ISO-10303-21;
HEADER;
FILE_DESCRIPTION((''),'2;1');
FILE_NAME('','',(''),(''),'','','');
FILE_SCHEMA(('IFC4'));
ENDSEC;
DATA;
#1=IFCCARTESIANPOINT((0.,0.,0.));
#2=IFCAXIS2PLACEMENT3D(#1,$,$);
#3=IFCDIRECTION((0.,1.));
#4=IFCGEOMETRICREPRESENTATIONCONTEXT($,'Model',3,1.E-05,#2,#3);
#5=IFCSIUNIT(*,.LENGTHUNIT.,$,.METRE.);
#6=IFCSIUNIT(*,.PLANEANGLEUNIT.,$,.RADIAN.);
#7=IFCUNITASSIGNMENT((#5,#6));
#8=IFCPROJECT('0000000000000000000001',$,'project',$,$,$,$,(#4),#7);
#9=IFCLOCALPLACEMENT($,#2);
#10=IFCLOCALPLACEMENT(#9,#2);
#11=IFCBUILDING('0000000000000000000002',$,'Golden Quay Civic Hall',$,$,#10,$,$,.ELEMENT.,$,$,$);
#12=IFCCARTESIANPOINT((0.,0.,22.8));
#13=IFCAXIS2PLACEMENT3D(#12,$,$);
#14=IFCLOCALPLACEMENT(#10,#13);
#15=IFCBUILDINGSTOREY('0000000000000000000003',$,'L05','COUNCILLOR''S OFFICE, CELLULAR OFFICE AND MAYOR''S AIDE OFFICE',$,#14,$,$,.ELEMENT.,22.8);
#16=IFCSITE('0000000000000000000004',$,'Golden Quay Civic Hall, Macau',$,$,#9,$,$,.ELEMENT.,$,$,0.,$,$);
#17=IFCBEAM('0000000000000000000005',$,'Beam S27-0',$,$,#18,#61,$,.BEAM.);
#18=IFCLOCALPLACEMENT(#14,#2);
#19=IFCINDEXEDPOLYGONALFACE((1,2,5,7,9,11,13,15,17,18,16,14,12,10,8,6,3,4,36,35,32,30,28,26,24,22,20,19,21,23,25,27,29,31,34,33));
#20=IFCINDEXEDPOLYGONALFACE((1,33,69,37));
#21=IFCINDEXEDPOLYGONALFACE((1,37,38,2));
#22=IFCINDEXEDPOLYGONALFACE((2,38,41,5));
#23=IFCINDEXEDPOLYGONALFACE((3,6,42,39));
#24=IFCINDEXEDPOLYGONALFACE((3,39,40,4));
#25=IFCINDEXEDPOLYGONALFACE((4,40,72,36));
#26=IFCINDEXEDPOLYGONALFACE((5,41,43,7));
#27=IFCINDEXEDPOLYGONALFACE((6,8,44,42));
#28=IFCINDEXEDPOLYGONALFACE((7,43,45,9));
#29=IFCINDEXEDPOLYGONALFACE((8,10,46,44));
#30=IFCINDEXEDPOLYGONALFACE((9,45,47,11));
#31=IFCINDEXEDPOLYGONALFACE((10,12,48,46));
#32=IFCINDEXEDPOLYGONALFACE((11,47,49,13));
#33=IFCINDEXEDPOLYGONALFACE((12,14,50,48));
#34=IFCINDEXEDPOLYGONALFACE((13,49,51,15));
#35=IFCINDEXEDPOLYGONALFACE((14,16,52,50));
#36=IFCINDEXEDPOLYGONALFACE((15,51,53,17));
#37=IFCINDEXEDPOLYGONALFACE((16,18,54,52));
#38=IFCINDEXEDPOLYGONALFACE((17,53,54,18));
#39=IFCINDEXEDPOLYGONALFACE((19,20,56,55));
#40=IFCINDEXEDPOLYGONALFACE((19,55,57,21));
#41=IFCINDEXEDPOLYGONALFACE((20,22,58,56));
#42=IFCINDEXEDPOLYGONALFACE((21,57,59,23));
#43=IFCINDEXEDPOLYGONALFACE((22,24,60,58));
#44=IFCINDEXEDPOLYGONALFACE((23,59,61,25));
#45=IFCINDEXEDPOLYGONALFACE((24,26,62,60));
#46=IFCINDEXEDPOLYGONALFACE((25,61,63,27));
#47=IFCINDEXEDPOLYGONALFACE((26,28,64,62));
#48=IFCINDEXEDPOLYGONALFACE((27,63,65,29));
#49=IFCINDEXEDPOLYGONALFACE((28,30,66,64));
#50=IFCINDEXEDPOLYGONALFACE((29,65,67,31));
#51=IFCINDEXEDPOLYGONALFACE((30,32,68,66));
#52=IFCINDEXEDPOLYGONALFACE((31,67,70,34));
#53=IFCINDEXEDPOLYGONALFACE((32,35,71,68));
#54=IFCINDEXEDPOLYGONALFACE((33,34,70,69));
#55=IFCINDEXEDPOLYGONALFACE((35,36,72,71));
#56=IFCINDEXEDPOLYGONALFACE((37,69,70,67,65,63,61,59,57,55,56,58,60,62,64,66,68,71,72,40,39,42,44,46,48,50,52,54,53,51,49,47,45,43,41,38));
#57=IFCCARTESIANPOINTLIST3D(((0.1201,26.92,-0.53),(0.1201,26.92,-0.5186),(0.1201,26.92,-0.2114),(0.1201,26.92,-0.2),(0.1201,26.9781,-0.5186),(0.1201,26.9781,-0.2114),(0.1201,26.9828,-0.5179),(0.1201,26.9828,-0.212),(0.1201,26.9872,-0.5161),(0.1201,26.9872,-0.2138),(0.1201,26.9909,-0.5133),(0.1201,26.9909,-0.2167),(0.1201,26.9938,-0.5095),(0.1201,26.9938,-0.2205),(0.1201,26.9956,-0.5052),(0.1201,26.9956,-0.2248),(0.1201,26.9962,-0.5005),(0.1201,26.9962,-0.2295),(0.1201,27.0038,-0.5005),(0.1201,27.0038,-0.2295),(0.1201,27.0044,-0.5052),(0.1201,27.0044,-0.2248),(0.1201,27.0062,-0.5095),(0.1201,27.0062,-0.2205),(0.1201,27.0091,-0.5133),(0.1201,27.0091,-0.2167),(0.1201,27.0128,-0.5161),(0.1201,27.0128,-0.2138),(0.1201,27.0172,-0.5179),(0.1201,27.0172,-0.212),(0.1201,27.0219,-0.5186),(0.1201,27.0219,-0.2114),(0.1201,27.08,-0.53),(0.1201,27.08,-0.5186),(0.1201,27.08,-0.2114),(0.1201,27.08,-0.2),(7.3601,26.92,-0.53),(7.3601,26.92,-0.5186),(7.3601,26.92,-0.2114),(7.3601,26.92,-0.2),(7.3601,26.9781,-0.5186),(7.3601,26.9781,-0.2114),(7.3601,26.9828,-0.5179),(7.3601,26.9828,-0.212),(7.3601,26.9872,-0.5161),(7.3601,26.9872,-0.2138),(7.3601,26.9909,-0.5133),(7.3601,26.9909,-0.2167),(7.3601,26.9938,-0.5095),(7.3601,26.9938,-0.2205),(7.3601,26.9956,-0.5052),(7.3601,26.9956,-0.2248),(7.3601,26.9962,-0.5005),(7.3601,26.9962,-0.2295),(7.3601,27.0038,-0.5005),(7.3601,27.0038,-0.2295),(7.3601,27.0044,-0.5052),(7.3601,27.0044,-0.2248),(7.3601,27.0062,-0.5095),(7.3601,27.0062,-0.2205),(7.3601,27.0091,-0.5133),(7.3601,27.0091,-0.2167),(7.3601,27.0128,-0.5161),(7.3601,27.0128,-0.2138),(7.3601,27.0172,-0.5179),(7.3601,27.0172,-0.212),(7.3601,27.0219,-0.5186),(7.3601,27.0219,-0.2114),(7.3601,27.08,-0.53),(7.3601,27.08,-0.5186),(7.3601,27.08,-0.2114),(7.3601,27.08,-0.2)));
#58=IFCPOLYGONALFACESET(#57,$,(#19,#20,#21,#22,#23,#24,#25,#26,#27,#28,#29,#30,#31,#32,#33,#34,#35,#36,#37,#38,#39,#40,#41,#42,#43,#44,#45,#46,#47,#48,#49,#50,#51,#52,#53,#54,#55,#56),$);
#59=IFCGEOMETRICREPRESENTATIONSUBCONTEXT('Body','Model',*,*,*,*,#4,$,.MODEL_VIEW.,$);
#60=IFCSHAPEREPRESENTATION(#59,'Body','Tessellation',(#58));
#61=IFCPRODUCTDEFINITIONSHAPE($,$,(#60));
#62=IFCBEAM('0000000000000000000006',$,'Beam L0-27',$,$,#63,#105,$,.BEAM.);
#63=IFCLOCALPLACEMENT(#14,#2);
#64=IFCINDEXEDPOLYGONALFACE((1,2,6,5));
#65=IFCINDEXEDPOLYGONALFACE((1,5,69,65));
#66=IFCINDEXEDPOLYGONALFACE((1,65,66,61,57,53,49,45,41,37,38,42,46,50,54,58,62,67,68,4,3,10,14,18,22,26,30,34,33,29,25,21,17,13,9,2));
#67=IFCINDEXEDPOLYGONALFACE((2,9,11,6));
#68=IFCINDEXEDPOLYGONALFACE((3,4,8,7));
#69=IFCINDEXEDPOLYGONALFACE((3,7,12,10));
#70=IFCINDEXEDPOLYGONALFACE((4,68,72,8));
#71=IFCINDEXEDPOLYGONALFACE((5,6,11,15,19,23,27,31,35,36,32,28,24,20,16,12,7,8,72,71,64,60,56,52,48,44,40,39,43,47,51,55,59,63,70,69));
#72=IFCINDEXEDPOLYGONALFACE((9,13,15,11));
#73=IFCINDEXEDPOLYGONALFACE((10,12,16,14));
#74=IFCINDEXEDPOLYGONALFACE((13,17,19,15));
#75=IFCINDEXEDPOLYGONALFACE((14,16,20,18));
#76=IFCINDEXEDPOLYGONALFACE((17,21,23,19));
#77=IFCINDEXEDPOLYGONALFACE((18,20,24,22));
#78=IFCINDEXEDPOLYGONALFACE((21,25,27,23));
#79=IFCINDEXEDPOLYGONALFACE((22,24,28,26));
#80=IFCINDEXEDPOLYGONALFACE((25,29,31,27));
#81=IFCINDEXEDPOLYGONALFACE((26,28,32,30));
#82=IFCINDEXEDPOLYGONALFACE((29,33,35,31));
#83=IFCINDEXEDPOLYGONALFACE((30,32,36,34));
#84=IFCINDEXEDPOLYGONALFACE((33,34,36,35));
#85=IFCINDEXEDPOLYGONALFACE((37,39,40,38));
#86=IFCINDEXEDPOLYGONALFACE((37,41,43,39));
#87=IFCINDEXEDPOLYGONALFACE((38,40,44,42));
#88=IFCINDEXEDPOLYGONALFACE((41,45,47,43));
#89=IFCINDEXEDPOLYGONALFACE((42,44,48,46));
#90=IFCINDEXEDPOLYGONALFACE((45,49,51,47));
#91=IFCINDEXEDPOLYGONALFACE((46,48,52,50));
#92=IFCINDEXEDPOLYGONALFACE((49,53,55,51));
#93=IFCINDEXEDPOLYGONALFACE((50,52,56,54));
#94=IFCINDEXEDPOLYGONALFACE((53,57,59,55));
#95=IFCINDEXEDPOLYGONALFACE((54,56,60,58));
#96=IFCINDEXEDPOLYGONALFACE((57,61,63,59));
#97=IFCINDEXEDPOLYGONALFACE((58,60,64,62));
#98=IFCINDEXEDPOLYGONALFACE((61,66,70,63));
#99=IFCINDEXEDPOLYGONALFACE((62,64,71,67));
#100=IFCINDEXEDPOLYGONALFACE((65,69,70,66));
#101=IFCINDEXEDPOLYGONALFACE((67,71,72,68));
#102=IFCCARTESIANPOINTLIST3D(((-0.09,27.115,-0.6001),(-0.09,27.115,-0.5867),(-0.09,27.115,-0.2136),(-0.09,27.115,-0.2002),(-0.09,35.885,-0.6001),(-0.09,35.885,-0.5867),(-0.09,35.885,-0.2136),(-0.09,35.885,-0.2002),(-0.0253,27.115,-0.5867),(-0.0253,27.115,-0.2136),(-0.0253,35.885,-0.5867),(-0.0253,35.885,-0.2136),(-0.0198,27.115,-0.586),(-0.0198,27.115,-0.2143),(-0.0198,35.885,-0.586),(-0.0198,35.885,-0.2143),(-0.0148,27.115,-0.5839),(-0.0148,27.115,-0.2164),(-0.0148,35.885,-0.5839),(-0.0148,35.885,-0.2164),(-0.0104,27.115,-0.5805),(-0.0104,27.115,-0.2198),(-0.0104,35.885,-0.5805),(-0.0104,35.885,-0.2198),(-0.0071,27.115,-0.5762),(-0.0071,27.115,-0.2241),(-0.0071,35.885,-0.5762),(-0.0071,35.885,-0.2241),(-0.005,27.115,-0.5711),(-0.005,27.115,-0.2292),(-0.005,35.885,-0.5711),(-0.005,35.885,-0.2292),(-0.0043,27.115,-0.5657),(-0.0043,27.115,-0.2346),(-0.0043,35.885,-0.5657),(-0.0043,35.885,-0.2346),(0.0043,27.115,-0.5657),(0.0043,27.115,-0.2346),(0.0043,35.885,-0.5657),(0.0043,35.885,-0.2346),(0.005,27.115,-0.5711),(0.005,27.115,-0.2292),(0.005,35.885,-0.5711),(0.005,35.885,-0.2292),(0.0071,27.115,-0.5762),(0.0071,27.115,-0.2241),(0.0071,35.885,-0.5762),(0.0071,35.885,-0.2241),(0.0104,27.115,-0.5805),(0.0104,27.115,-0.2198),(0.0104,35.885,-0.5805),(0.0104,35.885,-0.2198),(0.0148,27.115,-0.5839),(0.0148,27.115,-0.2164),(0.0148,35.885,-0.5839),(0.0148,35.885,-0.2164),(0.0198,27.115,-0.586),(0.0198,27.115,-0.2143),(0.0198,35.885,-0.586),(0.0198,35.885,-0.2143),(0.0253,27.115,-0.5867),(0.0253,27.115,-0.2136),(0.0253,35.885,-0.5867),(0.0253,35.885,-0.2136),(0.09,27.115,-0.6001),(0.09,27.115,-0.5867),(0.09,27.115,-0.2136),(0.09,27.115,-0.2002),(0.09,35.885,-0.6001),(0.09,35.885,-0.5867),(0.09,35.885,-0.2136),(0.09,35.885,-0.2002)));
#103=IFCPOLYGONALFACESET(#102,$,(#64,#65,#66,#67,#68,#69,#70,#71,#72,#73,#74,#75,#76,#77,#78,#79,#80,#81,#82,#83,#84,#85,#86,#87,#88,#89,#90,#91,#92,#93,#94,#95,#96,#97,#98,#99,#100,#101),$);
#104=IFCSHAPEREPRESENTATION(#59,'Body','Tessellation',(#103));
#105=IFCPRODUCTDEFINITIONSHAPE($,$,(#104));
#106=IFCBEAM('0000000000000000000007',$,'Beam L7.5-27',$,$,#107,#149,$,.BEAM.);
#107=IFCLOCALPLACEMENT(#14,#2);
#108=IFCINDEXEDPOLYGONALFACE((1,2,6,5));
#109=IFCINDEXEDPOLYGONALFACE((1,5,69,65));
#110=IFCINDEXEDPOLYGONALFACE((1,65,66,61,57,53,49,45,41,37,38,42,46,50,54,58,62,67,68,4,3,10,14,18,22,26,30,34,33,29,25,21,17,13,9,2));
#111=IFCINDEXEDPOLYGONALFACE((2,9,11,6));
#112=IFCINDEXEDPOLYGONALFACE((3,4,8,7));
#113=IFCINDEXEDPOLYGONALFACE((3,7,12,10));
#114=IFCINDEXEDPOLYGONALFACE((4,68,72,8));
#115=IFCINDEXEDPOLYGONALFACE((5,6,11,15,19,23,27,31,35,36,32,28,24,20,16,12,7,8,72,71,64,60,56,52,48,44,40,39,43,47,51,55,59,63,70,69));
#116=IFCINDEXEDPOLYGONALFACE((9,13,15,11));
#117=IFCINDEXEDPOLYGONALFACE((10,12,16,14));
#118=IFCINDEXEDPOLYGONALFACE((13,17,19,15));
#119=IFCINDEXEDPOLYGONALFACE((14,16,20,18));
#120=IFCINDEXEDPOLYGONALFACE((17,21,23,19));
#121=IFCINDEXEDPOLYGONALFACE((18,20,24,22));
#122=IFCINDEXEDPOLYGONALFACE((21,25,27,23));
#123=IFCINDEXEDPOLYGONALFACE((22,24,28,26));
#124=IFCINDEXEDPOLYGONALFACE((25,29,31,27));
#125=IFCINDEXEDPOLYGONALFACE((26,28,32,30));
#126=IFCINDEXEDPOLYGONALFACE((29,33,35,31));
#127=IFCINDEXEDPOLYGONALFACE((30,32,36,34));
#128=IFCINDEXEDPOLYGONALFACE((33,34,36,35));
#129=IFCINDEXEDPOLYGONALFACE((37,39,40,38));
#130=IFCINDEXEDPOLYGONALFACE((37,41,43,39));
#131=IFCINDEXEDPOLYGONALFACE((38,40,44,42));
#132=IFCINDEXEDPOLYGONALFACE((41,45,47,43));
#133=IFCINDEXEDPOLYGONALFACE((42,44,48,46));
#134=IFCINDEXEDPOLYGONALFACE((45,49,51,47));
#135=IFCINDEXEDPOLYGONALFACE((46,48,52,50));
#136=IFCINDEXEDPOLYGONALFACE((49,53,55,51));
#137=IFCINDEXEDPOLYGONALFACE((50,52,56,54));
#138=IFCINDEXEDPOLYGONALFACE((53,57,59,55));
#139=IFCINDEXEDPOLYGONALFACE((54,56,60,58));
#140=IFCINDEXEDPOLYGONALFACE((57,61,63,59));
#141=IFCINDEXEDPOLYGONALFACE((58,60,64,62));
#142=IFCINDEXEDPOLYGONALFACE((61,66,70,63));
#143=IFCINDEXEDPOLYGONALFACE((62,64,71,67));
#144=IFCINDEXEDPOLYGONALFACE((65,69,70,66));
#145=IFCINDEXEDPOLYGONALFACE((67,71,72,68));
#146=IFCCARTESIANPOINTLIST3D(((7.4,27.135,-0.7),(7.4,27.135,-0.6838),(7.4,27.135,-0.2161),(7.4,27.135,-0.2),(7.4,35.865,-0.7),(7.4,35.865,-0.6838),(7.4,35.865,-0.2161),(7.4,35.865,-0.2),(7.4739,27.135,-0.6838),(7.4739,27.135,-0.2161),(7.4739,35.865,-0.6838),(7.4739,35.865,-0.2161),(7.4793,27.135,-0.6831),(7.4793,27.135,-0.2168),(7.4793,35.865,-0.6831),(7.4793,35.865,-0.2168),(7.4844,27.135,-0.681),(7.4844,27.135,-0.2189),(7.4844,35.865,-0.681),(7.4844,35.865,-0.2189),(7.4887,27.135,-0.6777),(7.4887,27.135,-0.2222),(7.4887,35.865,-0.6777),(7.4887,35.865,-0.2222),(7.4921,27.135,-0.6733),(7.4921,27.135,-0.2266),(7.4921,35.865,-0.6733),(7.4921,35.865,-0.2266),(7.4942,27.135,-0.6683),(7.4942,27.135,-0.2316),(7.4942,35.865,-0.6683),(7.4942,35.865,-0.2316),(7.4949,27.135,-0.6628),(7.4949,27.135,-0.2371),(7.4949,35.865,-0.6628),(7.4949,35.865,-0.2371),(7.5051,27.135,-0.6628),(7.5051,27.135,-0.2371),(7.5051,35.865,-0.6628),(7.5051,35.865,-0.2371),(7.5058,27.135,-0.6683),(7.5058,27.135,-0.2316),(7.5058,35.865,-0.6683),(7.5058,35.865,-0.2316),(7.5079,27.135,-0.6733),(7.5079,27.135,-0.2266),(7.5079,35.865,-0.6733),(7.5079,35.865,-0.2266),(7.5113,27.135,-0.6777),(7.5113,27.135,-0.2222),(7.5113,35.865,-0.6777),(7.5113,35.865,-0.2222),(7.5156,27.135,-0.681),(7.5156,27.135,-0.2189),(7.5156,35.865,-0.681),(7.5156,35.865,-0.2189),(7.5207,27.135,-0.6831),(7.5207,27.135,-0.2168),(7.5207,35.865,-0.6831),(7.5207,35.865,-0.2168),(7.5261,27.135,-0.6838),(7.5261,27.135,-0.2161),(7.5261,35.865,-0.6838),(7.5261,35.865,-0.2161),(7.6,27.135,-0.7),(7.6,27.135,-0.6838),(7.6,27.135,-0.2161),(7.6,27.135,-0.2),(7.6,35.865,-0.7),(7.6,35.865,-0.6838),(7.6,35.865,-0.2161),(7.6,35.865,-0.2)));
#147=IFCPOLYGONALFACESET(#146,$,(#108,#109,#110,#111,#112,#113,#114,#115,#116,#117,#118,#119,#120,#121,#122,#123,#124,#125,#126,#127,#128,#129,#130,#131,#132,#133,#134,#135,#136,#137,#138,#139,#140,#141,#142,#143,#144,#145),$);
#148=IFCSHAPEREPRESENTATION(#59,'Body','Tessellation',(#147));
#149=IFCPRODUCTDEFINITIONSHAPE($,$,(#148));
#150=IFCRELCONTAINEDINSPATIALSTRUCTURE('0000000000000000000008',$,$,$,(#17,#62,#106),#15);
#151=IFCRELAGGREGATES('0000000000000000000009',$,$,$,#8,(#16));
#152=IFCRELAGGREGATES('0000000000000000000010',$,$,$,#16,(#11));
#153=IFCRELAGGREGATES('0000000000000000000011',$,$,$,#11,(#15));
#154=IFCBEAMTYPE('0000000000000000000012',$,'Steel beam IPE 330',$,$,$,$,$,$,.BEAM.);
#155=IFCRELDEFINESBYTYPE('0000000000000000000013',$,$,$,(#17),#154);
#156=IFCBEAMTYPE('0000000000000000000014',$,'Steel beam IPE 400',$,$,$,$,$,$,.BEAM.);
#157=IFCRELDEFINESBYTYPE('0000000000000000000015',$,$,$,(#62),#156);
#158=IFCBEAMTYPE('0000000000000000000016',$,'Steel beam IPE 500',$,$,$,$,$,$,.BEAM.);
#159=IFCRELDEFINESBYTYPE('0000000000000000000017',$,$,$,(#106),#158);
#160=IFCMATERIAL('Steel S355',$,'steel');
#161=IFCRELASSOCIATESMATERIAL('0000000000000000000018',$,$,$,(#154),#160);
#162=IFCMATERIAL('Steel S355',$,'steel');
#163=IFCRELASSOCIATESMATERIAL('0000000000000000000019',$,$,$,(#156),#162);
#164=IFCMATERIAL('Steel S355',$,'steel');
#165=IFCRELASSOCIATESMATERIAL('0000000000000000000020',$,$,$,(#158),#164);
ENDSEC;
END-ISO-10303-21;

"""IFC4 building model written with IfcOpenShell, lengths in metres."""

from ifc_helpers import new_model, si_unit, direction, frame, origin, origin_2d, place, context, subcontext, project, spatial, i_section, extrude, material, material_profile, profile_set, type_object, element, save


model = new_model("IFC4")

# Units and contexts
model_context = context("Model", 3, precision=1e-05, world=origin(), true_north=direction((0.0, 1.0)))
body_context = subcontext(model_context, "Body", "Model", "MODEL_VIEW")
ifc_project = project(units=[si_unit("LENGTHUNIT", "METRE"), si_unit("PLANEANGLEUNIT", "RADIAN")], contexts=[model_context])

# Site, building, storey
site_placement = place(None, origin())
site = spatial("IfcSite", under=ifc_project, at=site_placement, Name="Golden Quay Civic Hall, Macau", CompositionType="ELEMENT", RefElevation=0.0)
building_placement = place(site_placement, origin())
building = spatial("IfcBuilding", under=site, at=building_placement, Name="Golden Quay Civic Hall", CompositionType="ELEMENT")
storey_placement = place(building_placement, frame((0.0, 0.0, 22.8)))
storey = spatial("IfcBuildingStorey", under=building, at=storey_placement, Name="L05", Description="COUNCILLOR'S OFFICE, CELLULAR OFFICE AND MAYOR'S AIDE OFFICE", CompositionType="ELEMENT", Elevation=22.8)

# Beams
ifc_material_1 = material(Name="Steel S355", Category="steel")
ifc_material_profile_1 = material_profile(ifc_material_1, i_section(OverallWidth=0.1599, OverallDepth=0.3301, WebThickness=0.0076, FlangeThickness=0.0115, FilletRadius=0.0181, at=origin_2d()), Name="IPE 330")
ifc_profile_set_1 = profile_set([ifc_material_profile_1], Name="Steel S355")
beam_type_1 = type_object("IfcBeamType", Name="Steel beam IPE 330", PredefinedType="BEAM", material=ifc_profile_set_1)
beam_1_placement = place(storey_placement, frame((0.1201, 27.0, -0.365), z_axis=(1.0, 0.0, 0.0), x_axis=(0.0, 1.0, 0.0)))
element("IfcBeam", 1, at=beam_1_placement, inside=storey, type_object=beam_type_1, Name="Beam S27-0", PredefinedType="BEAM", context=body_context, shape_type="SweptSolid", body=[
    extrude(i_section(OverallWidth=0.1599, OverallDepth=0.3301, WebThickness=0.0076, FlangeThickness=0.0115, FilletRadius=0.0181, at=origin_2d()), origin(), (0.0, 0.0, 1.0), 7.24),
])
ifc_material_2 = material(Name="Steel S355", Category="steel")
ifc_material_profile_2 = material_profile(ifc_material_2, i_section(OverallWidth=0.1799, OverallDepth=0.3999, WebThickness=0.0085, FlangeThickness=0.0134, FilletRadius=0.021, at=origin_2d()), Name="IPE 400")
ifc_profile_set_2 = profile_set([ifc_material_profile_2], Name="Steel S355")
beam_type_2 = type_object("IfcBeamType", Name="Steel beam IPE 400", PredefinedType="BEAM", material=ifc_profile_set_2)
beam_2_placement = place(storey_placement, frame((0.0, 27.115, -0.4001), z_axis=(0.0, 1.0, 0.0), x_axis=(-1.0, 0.0, 0.0)))
element("IfcBeam", 2, at=beam_2_placement, inside=storey, type_object=beam_type_2, Name="Beam L0-27", PredefinedType="BEAM", context=body_context, shape_type="SweptSolid", body=[
    extrude(i_section(OverallWidth=0.1799, OverallDepth=0.3999, WebThickness=0.0085, FlangeThickness=0.0134, FilletRadius=0.021, at=origin_2d()), origin(), (0.0, 0.0, 1.0), 8.77),
])
ifc_material_3 = material(Name="Steel S355", Category="steel")
ifc_material_profile_3 = material_profile(ifc_material_3, i_section(OverallWidth=0.2, OverallDepth=0.5, WebThickness=0.0103, FlangeThickness=0.0161, FilletRadius=0.021, at=origin_2d()), Name="IPE 500")
ifc_profile_set_3 = profile_set([ifc_material_profile_3], Name="Steel S355")
beam_type_3 = type_object("IfcBeamType", Name="Steel beam IPE 500", PredefinedType="BEAM", material=ifc_profile_set_3)
beam_3_placement = place(storey_placement, frame((7.5, 27.135, -0.45), z_axis=(0.0, 1.0, 0.0), x_axis=(-1.0, 0.0, 0.0)))
element("IfcBeam", 3, at=beam_3_placement, inside=storey, type_object=beam_type_3, Name="Beam L7.5-27", PredefinedType="BEAM", context=body_context, shape_type="SweptSolid", body=[
    extrude(i_section(OverallWidth=0.2, OverallDepth=0.5, WebThickness=0.0103, FlangeThickness=0.0161, FilletRadius=0.021, at=origin_2d()), origin(), (0.0, 0.0, 1.0), 8.73),
])

save(model, "model.ifc")
